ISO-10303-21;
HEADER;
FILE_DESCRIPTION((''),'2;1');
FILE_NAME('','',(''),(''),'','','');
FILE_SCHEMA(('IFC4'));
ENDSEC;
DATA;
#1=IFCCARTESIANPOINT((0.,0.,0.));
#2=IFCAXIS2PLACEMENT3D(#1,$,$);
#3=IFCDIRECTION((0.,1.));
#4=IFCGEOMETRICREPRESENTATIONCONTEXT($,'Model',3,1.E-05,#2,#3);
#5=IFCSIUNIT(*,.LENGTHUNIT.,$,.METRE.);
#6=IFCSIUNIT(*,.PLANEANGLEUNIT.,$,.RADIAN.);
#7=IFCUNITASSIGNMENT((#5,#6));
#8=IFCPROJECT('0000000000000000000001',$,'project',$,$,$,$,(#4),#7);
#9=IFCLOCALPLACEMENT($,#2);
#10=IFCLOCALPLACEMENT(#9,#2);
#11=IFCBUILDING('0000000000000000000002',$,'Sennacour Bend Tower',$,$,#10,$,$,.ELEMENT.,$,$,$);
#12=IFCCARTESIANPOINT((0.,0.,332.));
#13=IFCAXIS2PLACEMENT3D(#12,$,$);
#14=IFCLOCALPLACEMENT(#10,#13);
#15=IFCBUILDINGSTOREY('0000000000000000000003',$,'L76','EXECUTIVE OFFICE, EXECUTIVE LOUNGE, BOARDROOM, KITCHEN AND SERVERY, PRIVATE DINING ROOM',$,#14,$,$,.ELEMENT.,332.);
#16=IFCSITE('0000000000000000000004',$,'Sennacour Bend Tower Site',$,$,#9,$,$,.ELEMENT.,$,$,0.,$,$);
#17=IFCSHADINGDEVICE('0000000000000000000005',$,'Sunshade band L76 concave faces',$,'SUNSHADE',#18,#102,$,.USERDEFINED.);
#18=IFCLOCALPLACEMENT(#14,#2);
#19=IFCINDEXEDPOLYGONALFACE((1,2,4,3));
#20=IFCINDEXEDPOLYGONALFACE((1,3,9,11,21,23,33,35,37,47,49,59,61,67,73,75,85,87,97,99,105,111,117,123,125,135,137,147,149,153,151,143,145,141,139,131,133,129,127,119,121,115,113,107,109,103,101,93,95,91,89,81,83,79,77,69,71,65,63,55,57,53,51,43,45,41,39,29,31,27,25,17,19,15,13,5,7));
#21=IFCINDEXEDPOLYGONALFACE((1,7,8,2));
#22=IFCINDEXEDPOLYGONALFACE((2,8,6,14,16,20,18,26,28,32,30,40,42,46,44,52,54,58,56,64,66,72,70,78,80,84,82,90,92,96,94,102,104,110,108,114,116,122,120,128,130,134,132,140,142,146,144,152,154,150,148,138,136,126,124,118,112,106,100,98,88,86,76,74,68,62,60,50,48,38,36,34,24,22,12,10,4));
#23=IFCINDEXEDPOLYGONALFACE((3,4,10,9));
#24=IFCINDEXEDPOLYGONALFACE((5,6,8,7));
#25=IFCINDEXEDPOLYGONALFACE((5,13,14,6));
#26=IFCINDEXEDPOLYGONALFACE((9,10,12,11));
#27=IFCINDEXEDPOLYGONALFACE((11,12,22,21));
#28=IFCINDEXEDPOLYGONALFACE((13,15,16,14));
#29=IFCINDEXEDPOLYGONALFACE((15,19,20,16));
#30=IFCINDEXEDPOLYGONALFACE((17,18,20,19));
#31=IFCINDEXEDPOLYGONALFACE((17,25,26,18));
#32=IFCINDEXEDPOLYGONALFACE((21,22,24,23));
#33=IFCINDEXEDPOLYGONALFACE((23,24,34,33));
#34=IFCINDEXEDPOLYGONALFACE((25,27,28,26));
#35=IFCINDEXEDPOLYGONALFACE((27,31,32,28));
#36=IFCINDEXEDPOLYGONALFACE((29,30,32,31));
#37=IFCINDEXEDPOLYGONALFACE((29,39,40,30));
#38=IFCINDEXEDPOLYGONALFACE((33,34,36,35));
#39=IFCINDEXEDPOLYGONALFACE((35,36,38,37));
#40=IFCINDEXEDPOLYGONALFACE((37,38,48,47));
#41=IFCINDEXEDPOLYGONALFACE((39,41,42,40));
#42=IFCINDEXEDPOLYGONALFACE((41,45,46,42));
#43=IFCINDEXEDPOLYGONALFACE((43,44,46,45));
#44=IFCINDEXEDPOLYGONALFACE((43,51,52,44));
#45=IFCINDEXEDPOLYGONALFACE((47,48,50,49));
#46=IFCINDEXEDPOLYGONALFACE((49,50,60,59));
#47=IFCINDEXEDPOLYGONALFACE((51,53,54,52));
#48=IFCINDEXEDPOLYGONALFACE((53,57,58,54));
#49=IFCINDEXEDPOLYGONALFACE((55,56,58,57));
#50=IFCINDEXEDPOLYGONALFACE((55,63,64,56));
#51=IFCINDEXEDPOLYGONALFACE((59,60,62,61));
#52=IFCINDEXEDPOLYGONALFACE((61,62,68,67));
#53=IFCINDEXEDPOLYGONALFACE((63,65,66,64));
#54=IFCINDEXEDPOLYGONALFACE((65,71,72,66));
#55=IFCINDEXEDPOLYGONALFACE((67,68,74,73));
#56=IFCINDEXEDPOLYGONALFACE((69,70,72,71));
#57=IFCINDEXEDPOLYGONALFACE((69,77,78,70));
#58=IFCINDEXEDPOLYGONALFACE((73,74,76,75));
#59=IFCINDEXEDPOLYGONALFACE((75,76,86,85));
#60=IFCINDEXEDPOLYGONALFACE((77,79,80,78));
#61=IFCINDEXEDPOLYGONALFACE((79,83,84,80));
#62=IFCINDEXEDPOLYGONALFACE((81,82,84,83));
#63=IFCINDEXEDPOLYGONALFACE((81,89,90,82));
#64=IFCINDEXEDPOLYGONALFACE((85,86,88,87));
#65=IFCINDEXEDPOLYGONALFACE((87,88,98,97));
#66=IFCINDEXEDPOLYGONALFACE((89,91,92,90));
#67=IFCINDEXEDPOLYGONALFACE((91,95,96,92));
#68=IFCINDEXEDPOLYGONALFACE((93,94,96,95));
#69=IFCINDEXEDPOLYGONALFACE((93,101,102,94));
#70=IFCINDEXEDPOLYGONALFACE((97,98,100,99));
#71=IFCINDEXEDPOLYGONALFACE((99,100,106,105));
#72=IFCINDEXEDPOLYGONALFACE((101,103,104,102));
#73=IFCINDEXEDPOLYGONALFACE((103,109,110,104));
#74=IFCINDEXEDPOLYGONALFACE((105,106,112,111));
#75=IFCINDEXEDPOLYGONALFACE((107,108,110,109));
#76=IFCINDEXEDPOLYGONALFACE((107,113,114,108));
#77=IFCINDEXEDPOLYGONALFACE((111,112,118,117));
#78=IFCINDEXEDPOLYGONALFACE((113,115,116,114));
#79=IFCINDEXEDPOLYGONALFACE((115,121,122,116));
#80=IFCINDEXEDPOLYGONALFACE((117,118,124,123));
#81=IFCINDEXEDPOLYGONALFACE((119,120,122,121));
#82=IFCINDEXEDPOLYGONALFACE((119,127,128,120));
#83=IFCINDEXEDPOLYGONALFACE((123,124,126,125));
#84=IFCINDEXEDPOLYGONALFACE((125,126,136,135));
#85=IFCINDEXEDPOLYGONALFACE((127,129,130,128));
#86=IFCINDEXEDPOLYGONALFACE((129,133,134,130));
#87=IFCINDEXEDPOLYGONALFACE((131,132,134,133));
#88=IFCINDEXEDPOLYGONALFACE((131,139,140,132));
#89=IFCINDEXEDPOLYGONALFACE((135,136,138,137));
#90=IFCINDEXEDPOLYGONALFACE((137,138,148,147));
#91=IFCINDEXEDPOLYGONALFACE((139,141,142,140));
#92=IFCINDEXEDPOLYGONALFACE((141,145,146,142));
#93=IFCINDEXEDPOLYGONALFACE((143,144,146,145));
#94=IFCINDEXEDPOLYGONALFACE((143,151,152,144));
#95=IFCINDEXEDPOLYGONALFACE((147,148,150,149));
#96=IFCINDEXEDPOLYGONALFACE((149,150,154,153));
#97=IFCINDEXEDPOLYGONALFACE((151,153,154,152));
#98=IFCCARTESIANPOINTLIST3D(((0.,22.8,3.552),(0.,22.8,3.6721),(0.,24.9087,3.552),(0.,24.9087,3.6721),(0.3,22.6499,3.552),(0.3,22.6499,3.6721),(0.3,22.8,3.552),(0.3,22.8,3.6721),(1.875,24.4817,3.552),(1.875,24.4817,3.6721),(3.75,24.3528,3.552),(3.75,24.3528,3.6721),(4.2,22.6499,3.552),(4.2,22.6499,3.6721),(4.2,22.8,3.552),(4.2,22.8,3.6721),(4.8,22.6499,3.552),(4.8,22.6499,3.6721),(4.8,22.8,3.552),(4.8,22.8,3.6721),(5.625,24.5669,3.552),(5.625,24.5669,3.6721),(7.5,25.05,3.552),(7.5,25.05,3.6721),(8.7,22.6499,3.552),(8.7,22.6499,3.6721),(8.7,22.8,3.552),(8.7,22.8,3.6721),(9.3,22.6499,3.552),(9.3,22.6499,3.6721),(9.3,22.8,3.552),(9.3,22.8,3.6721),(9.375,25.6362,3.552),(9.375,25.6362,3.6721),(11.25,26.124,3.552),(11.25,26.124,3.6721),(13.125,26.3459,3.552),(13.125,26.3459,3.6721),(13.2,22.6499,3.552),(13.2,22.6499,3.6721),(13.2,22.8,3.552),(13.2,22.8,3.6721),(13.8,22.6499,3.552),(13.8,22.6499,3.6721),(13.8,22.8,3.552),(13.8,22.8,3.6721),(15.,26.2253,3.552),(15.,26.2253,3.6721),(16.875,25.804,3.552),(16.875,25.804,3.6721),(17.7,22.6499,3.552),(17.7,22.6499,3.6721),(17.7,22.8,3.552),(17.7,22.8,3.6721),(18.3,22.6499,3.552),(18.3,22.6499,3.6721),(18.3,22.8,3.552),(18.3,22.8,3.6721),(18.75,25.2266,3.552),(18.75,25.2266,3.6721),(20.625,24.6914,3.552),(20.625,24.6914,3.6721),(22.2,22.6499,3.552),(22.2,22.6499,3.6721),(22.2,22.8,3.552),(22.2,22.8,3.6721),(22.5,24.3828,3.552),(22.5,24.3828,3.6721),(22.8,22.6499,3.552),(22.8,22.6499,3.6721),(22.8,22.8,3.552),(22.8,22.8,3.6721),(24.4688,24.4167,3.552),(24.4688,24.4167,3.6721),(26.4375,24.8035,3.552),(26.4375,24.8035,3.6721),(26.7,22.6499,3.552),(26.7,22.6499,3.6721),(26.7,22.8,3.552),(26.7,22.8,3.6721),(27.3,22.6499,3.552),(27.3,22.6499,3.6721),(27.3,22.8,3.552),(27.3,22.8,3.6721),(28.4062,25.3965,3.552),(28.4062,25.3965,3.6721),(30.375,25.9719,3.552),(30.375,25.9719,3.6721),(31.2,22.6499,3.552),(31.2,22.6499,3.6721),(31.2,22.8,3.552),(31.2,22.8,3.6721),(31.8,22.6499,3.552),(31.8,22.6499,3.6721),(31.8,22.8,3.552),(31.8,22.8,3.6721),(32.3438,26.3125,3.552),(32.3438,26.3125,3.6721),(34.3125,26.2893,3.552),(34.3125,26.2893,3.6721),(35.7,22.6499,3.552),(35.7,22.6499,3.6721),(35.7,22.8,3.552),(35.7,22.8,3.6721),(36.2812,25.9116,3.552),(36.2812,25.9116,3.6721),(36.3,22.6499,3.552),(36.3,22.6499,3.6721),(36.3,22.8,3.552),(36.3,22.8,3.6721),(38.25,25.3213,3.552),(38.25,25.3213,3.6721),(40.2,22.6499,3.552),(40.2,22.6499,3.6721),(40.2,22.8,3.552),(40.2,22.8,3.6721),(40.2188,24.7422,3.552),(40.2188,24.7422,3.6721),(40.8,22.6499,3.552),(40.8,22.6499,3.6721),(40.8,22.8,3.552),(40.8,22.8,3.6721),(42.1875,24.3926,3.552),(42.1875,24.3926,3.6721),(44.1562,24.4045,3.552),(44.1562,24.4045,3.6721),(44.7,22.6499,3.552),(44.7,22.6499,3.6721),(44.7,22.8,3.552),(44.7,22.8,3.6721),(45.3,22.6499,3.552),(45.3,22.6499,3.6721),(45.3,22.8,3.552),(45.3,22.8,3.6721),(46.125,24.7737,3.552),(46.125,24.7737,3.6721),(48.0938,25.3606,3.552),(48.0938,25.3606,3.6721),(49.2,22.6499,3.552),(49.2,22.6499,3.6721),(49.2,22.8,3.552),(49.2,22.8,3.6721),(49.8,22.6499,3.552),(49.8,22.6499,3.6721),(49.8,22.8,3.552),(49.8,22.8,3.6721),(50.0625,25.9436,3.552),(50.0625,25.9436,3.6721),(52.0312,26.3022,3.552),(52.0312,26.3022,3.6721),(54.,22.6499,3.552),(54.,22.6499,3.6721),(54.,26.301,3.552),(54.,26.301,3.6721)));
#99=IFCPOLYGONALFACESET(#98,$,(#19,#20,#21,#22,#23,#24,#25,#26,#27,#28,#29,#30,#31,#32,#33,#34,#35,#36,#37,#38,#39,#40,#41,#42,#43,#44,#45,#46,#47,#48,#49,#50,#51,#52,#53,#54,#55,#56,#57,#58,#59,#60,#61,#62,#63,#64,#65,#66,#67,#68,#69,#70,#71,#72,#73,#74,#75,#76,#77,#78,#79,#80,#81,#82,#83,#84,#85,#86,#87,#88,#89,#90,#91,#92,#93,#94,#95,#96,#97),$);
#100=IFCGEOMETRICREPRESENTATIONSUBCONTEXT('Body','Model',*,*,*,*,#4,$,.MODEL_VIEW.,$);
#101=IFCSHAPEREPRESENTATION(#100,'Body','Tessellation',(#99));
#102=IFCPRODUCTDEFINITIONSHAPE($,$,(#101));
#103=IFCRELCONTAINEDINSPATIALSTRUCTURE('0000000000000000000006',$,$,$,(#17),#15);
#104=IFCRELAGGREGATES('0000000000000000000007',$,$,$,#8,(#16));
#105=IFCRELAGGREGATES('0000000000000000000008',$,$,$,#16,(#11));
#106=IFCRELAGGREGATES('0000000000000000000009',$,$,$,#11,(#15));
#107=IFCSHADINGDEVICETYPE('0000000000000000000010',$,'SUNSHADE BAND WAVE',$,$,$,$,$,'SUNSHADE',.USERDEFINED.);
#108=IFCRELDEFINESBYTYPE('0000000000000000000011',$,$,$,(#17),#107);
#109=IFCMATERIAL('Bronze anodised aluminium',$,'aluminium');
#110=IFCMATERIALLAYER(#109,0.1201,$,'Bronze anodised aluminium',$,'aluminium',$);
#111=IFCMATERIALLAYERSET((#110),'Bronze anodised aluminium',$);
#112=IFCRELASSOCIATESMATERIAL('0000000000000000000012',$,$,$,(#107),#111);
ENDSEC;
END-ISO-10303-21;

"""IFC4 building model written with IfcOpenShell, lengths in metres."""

from ifc_helpers import new_model, si_unit, direction, frame, origin, place, context, subcontext, project, spatial, polyline, outline, extrude, material, layer, layer_set, type_object, element, save


model = new_model("IFC4")

# Units and contexts
model_context = context("Model", 3, precision=1e-05, world=origin(), true_north=direction((0.0, 1.0)))
body_context = subcontext(model_context, "Body", "Model", "MODEL_VIEW")
ifc_project = project(units=[si_unit("LENGTHUNIT", "METRE"), si_unit("PLANEANGLEUNIT", "RADIAN")], contexts=[model_context])

# Site, building, storey
site_placement = place(None, origin())
site = spatial("IfcSite", under=ifc_project, at=site_placement, Name="Sennacour Bend Tower Site", CompositionType="ELEMENT", RefElevation=0.0)
building_placement = place(site_placement, origin())
building = spatial("IfcBuilding", under=site, at=building_placement, Name="Sennacour Bend Tower", CompositionType="ELEMENT")
storey_placement = place(building_placement, frame((0.0, 0.0, 332.0)))
storey = spatial("IfcBuildingStorey", under=building, at=storey_placement, Name="L76", Description="EXECUTIVE OFFICE, EXECUTIVE LOUNGE, BOARDROOM, KITCHEN AND SERVERY, PRIVATE DINING ROOM", CompositionType="ELEMENT", Elevation=332.0)

# Shading device
ifc_material_1 = material(Name="Bronze anodised aluminium", Category="aluminium")
ifc_layer_1 = layer(ifc_material_1, 0.1201, Name="Bronze anodised aluminium", Category="aluminium")
ifc_layer_set_1 = layer_set([ifc_layer_1], Name="Bronze anodised aluminium")
shading_device_type_1 = type_object("IfcShadingDeviceType", Name="SUNSHADE BAND WAVE", ElementType="SUNSHADE", PredefinedType="USERDEFINED", material=ifc_layer_set_1)
shading_device_1_placement = place(storey_placement, frame((0.0, 0.0, 3.552)))
element("IfcShadingDevice", 1, at=shading_device_1_placement, inside=storey, type_object=shading_device_type_1, Name="Sunshade band L76 concave faces", ObjectType="SUNSHADE", PredefinedType="USERDEFINED", context=body_context, shape_type="SweptSolid", body=[
    extrude(outline(polyline([(54.0, 22.6499), (49.8, 22.6499), (49.8, 22.8), (49.2, 22.8), (49.2, 22.6499), (45.3, 22.6499), (45.3, 22.8), (44.7, 22.8), (44.7, 22.6499), (40.8, 22.6499), (40.8, 22.8), (40.2, 22.8), (40.2, 22.6499), (36.3, 22.6499), (36.3, 22.8), (35.7, 22.8), (35.7, 22.6499), (31.8, 22.6499), (31.8, 22.8), (31.2, 22.8), (31.2, 22.6499), (27.3, 22.6499), (27.3, 22.8), (26.7, 22.8), (26.7, 22.6499), (22.8, 22.6499), (22.8, 22.8), (22.2, 22.8), (22.2, 22.6499), (18.3, 22.6499), (18.3, 22.8), (17.7, 22.8), (17.7, 22.6499), (13.8, 22.6499), (13.8, 22.8), (13.2, 22.8), (13.2, 22.6499), (9.3, 22.6499), (9.3, 22.8), (8.7, 22.8), (8.7, 22.6499), (4.8, 22.6499), (4.8, 22.8), (4.2, 22.8), (4.2, 22.6499), (0.3, 22.6499), (0.3, 22.8), (0.0, 22.8), (0.0, 24.9087), (1.875, 24.4817), (3.75, 24.3528), (5.625, 24.5669), (7.5, 25.05), (9.375, 25.6362), (11.25, 26.124), (13.125, 26.3459), (15.0, 26.2253), (16.875, 25.804), (18.75, 25.2266), (20.625, 24.6914), (22.5, 24.3828), (24.4688, 24.4167), (26.4375, 24.8035), (28.4062, 25.3965), (30.375, 25.9719), (32.3438, 26.3125), (34.3125, 26.2893), (36.2812, 25.9116), (38.25, 25.3213), (40.2188, 24.7422), (42.1875, 24.3926), (44.1562, 24.4045), (46.125, 24.7737), (48.0938, 25.3606), (50.0625, 25.9436), (52.0312, 26.3022), (54.0, 26.301), (54.0, 22.6499)])), origin(), (0.0, 0.0, 1.0), 0.1201),
])

save(model, "model.ifc")
